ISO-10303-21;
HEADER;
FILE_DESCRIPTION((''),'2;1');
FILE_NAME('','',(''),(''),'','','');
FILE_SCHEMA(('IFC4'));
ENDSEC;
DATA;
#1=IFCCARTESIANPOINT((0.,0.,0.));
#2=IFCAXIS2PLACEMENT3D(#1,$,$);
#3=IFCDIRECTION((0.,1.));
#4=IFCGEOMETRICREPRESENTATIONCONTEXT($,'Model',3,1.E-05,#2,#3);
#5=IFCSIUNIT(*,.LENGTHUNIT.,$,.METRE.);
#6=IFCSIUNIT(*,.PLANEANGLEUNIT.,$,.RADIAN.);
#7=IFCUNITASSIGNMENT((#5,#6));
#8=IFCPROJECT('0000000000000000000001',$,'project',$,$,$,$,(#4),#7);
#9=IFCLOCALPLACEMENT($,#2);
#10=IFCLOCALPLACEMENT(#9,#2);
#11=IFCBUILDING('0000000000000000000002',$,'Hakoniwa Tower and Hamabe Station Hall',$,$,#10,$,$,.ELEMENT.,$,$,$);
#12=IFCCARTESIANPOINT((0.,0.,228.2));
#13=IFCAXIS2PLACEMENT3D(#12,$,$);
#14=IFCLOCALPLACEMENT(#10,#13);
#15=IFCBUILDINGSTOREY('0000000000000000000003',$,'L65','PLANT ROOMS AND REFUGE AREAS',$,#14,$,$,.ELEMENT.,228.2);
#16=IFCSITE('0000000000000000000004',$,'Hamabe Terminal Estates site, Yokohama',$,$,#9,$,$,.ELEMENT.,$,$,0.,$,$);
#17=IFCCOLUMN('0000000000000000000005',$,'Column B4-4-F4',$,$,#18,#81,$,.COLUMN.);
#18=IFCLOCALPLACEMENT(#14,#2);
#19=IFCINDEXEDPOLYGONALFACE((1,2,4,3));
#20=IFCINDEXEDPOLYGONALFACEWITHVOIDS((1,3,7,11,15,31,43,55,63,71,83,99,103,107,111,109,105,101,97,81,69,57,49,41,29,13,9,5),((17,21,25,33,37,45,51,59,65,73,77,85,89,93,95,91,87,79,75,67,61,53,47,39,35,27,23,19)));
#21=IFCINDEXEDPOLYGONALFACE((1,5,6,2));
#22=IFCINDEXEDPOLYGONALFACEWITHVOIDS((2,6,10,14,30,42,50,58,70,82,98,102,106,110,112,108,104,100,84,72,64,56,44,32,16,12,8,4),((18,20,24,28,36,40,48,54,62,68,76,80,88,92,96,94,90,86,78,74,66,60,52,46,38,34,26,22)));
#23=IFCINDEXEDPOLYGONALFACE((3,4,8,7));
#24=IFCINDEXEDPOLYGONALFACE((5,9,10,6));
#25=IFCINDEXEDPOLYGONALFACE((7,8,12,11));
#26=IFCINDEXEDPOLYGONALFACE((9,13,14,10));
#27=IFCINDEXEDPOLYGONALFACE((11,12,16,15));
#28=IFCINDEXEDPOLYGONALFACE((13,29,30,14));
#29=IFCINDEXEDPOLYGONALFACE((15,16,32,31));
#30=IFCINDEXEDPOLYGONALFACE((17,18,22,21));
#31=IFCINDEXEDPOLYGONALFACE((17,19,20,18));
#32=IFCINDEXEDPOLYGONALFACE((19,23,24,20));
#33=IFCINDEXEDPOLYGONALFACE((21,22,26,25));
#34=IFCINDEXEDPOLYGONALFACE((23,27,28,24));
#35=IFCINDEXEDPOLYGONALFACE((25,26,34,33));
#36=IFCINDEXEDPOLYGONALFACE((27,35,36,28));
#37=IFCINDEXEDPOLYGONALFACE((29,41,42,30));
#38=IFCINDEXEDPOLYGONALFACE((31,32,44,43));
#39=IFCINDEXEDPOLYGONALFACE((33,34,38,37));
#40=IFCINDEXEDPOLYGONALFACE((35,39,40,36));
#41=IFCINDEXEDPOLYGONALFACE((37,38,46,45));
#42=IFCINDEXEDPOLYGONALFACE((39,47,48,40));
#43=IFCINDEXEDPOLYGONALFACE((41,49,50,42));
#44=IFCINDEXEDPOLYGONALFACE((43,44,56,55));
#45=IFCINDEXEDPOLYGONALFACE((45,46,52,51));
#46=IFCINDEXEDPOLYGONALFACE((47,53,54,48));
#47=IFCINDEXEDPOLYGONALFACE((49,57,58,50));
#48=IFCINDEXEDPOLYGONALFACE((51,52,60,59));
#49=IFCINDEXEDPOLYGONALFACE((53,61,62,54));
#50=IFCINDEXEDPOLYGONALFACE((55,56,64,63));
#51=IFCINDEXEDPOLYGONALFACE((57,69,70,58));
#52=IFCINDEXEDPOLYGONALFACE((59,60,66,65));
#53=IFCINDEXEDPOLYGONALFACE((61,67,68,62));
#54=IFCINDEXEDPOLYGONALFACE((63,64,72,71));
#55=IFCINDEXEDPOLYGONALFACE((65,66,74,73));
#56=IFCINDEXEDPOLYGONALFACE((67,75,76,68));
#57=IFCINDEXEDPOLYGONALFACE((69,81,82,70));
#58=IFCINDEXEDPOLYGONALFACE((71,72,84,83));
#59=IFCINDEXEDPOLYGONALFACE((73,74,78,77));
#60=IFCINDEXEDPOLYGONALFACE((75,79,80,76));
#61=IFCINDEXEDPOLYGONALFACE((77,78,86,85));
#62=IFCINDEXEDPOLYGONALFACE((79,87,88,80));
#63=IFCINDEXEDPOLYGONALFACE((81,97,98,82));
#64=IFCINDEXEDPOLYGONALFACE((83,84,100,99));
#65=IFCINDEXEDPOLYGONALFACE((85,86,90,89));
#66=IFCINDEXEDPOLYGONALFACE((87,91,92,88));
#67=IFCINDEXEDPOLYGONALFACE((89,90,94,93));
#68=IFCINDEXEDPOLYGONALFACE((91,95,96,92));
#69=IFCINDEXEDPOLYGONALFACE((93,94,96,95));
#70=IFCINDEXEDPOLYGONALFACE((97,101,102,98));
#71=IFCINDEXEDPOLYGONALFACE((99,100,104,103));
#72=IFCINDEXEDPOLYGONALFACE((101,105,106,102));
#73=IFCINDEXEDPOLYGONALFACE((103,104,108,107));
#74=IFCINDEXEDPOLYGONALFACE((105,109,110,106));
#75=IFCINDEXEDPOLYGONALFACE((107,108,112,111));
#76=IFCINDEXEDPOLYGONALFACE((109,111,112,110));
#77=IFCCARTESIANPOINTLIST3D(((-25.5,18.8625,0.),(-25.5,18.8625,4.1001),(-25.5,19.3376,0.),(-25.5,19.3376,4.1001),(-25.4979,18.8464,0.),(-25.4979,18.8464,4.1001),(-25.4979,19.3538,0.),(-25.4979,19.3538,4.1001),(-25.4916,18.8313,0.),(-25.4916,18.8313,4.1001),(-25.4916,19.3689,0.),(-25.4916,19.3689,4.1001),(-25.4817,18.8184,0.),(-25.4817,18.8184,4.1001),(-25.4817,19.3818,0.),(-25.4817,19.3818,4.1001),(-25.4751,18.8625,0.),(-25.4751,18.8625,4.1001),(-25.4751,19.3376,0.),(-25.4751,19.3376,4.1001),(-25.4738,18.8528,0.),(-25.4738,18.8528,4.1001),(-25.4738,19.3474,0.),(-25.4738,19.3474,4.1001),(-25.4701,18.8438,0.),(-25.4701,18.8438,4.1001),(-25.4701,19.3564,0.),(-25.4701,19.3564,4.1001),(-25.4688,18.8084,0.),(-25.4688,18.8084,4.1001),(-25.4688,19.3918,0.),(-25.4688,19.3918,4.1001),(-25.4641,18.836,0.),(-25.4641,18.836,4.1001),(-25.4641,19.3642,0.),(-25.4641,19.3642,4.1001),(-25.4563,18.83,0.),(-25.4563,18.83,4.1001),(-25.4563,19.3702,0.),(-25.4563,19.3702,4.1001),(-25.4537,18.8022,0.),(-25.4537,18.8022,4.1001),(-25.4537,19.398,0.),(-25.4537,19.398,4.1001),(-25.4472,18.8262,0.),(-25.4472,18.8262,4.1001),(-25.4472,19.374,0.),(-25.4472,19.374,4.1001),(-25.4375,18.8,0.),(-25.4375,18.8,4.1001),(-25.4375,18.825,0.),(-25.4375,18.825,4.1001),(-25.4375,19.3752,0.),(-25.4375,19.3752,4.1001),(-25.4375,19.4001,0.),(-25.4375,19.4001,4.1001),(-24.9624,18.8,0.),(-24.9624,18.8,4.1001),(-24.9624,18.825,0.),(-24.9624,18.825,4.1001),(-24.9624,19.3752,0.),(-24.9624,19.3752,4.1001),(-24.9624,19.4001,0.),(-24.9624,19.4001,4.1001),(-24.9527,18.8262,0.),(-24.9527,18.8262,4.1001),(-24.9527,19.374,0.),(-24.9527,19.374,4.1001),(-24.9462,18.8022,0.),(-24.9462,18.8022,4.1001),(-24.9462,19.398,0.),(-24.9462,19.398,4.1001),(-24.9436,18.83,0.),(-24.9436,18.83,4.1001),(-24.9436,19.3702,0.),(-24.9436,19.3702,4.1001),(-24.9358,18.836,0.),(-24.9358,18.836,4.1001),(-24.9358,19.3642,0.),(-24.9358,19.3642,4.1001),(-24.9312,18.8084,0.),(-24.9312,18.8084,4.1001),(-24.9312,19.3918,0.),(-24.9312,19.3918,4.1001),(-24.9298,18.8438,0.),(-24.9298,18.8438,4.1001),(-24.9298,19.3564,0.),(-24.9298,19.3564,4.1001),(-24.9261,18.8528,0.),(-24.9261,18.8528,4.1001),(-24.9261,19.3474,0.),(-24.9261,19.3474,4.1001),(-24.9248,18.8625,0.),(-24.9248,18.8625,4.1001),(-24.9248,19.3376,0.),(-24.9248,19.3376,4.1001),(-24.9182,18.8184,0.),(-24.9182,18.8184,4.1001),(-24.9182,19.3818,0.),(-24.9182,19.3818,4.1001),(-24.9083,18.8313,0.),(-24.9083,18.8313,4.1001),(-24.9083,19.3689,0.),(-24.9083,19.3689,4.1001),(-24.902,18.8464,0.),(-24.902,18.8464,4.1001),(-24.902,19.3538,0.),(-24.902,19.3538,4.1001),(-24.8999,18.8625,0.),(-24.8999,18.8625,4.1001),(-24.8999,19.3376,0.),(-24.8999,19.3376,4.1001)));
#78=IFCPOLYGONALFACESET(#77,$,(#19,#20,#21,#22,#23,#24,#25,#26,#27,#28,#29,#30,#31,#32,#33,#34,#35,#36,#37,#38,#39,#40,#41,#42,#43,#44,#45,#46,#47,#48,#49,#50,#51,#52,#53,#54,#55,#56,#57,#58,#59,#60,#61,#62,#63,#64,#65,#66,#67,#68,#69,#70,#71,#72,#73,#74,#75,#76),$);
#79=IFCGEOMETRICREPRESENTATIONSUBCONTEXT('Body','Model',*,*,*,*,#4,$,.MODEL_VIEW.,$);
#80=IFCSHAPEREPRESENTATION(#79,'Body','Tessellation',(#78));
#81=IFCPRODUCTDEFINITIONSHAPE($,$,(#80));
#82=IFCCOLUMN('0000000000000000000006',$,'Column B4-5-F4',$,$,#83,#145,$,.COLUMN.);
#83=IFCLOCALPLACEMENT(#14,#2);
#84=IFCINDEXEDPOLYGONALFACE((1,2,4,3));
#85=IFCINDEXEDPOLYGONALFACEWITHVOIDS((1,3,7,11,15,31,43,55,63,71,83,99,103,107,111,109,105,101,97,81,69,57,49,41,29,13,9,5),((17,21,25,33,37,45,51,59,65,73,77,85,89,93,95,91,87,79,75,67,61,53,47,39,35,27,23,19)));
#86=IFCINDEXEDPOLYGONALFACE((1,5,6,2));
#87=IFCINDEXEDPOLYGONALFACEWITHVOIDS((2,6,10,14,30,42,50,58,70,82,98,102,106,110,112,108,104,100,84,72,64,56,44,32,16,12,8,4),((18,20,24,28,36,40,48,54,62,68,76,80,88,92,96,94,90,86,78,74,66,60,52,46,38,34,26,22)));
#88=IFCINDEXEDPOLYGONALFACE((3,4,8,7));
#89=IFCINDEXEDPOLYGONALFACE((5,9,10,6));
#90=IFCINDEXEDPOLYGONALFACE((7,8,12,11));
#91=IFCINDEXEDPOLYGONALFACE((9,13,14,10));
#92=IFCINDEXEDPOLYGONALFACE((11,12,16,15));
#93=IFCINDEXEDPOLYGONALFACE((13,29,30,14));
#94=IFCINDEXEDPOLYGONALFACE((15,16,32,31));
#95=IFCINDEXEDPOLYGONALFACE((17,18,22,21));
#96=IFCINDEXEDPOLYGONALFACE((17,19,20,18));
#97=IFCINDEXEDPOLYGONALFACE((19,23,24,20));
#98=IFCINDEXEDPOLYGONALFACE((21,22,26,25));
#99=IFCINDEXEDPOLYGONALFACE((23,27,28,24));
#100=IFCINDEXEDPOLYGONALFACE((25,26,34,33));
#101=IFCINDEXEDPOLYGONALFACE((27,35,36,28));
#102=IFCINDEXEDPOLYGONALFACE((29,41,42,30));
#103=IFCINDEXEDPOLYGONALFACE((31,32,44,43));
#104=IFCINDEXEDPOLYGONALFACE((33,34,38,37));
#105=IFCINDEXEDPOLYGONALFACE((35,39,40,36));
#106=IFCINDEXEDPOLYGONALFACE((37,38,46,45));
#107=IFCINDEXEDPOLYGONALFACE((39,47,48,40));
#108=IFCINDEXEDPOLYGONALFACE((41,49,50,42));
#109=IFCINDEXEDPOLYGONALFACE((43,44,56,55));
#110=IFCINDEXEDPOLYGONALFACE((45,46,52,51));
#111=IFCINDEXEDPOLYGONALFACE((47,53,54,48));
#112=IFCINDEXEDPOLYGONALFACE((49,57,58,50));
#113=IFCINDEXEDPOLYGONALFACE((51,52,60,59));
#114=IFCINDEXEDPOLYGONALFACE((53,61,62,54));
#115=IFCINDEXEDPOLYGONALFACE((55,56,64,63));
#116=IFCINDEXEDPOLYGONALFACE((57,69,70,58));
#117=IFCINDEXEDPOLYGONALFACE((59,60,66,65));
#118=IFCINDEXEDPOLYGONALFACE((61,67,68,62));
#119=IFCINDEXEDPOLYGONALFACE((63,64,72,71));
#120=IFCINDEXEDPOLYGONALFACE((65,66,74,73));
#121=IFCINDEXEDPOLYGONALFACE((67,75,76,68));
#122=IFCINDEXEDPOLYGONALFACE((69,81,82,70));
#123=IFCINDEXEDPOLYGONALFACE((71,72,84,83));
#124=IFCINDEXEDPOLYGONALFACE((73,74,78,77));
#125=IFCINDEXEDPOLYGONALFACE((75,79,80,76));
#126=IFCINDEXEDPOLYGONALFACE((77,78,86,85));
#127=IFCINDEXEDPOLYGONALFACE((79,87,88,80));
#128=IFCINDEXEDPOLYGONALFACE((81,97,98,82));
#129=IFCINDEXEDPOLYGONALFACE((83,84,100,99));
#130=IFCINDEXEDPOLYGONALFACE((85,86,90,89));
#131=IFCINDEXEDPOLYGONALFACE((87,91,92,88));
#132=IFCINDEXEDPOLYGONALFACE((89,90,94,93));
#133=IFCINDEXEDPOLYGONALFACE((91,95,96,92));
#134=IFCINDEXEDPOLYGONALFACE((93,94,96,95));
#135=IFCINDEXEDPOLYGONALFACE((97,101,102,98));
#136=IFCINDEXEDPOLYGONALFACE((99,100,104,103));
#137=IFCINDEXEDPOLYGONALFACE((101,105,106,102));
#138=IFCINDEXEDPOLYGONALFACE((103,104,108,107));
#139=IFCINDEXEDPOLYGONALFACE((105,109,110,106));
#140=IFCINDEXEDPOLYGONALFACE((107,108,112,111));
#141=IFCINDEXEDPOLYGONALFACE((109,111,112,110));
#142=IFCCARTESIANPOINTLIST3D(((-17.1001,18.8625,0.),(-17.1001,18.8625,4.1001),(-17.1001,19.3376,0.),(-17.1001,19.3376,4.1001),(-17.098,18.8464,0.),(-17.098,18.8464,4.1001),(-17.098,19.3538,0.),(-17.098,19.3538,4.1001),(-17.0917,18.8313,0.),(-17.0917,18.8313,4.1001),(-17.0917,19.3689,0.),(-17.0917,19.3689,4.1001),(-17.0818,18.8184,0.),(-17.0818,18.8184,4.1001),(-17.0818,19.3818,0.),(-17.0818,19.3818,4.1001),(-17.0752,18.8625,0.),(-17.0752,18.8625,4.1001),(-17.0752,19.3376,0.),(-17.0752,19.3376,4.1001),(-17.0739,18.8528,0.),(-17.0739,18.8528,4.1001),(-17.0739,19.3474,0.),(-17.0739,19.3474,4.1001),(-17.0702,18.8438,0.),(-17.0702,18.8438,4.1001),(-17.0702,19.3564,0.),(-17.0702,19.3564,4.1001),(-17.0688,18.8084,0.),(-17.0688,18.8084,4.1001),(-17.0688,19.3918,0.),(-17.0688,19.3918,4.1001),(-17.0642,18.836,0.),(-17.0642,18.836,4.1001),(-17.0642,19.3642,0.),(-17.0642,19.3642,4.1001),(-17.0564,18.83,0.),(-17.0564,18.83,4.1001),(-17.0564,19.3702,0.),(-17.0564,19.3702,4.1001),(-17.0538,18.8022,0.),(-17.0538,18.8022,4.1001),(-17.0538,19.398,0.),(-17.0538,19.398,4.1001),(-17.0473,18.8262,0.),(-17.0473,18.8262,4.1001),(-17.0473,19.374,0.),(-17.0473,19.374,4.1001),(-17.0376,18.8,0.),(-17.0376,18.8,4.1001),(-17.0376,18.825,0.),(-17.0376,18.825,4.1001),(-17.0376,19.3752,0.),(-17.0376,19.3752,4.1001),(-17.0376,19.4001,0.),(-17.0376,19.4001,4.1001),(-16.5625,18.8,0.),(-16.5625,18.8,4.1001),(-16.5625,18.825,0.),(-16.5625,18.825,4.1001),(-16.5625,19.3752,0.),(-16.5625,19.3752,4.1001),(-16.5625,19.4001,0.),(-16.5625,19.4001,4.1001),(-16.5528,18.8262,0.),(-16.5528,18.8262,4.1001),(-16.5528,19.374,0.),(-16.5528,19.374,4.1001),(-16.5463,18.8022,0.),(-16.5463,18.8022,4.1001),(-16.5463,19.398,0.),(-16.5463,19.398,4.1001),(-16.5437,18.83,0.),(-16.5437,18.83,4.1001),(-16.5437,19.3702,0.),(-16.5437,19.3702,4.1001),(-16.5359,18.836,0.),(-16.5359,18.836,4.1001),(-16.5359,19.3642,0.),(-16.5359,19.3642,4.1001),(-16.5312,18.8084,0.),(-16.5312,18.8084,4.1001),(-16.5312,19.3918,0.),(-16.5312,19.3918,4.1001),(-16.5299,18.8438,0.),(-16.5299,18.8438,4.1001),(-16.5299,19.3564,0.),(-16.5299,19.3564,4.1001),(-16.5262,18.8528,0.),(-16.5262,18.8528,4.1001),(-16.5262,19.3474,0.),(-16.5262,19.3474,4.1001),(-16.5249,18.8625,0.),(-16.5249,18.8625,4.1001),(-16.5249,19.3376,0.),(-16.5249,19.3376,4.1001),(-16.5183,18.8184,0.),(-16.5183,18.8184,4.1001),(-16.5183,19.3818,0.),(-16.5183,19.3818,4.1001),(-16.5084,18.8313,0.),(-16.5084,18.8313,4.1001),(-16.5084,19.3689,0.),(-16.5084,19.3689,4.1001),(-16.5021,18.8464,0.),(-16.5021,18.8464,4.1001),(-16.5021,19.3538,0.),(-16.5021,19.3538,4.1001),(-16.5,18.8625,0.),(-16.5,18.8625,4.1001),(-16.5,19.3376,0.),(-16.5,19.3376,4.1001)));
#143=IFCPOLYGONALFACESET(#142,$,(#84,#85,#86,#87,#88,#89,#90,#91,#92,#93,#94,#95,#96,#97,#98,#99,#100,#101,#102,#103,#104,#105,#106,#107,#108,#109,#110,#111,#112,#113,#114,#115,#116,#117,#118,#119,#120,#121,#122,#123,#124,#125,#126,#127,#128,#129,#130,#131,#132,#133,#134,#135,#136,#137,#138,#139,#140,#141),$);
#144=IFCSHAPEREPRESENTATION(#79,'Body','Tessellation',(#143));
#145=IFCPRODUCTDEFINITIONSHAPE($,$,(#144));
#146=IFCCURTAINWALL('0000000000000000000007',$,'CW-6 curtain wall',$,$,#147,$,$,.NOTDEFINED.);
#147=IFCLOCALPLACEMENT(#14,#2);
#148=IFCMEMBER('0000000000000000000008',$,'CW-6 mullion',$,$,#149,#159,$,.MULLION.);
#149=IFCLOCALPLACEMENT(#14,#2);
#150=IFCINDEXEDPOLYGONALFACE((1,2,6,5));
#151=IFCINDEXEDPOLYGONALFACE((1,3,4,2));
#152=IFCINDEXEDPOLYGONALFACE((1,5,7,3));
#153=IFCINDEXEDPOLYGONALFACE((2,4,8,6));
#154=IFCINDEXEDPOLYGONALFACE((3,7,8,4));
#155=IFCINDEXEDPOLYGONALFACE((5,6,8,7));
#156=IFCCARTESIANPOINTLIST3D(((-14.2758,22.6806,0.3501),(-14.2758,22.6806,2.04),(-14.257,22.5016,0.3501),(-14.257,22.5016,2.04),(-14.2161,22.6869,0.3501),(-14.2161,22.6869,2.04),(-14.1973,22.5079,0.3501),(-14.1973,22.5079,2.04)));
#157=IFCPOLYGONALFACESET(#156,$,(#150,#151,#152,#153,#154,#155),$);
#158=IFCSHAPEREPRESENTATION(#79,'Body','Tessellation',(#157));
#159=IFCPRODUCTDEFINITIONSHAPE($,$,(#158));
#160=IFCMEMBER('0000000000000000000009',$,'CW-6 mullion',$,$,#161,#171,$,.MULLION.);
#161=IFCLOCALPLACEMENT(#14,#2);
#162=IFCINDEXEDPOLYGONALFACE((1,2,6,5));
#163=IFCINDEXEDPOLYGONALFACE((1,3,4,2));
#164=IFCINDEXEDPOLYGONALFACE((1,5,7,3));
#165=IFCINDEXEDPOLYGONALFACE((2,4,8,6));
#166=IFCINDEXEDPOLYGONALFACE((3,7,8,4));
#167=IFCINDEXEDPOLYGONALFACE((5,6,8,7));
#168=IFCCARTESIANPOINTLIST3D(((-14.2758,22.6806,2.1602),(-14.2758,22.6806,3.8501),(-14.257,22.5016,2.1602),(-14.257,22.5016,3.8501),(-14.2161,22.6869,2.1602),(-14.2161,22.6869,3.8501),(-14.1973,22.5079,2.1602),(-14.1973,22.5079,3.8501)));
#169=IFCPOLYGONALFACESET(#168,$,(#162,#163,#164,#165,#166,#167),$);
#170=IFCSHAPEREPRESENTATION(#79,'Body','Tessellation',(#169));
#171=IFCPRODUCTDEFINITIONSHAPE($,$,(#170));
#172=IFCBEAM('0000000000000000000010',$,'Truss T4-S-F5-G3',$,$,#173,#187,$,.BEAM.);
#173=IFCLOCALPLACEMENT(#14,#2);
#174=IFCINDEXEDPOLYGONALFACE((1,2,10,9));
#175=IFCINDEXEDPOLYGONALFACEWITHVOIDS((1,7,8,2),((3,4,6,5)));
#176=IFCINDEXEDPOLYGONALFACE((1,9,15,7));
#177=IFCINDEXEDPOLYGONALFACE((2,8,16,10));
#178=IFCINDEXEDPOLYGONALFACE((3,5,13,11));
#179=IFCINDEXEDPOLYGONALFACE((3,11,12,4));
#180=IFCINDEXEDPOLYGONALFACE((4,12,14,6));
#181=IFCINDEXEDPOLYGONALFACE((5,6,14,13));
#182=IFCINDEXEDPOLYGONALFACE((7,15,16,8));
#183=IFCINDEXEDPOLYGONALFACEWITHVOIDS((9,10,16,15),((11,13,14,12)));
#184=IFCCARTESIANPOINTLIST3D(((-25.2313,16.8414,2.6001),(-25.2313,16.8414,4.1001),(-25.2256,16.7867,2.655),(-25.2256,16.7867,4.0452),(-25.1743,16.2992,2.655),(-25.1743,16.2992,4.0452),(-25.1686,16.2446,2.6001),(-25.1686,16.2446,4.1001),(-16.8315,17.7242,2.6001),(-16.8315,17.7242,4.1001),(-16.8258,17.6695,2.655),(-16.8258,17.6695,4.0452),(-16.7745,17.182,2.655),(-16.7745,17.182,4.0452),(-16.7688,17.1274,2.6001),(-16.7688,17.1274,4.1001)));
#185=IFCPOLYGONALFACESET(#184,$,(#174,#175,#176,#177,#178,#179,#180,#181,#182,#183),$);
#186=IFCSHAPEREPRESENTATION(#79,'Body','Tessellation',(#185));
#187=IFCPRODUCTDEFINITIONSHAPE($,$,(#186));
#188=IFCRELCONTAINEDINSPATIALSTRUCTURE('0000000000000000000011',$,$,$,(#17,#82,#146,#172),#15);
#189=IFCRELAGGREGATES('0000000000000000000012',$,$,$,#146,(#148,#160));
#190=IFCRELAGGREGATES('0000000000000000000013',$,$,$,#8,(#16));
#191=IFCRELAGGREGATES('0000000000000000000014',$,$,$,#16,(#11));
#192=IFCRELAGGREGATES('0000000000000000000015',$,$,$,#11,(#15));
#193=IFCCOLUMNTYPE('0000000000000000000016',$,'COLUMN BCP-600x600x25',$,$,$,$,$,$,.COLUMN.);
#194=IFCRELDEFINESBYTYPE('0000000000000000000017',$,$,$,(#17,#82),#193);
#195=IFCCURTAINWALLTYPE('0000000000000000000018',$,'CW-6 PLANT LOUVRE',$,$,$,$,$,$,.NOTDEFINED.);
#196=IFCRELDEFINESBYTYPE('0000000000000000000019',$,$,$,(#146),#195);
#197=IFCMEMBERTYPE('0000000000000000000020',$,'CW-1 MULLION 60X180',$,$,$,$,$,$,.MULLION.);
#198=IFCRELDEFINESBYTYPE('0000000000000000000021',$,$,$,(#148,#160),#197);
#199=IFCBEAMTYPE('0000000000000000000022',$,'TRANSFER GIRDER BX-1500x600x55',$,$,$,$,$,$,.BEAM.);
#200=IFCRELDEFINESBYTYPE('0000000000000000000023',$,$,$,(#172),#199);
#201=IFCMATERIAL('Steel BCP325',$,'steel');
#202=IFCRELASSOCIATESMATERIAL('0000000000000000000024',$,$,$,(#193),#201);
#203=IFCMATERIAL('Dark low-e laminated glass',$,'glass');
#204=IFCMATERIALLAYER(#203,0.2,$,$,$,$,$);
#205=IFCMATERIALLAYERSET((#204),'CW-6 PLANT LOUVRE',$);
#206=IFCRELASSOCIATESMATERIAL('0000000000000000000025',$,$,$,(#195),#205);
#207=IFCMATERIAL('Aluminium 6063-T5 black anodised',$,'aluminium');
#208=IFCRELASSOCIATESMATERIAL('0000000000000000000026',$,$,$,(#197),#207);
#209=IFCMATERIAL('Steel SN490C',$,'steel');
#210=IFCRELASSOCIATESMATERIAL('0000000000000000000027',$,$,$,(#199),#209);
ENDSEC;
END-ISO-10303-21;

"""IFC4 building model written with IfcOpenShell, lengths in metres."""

from ifc_helpers import new_model, si_unit, direction, frame, origin, origin_2d, place, context, subcontext, project, spatial, rectangle, hollow_rectangle, extrude, material, layer, layer_set, material_profile, profile_set, type_object, element, aggregate, save


model = new_model("IFC4")

# Units and contexts
model_context = context("Model", 3, precision=1e-05, world=origin(), true_north=direction((0.0, 1.0)))
body_context = subcontext(model_context, "Body", "Model", "MODEL_VIEW")
ifc_project = project(units=[si_unit("LENGTHUNIT", "METRE"), si_unit("PLANEANGLEUNIT", "RADIAN")], contexts=[model_context])

# Site, building, storey
site_placement = place(None, origin())
site = spatial("IfcSite", under=ifc_project, at=site_placement, Name="Hamabe Terminal Estates site, Yokohama", CompositionType="ELEMENT", RefElevation=0.0)
building_placement = place(site_placement, origin())
building = spatial("IfcBuilding", under=site, at=building_placement, Name="Hakoniwa Tower and Hamabe Station Hall", CompositionType="ELEMENT")
storey_placement = place(building_placement, frame((0.0, 0.0, 228.2)))
storey = spatial("IfcBuildingStorey", under=building, at=storey_placement, Name="L65", Description="PLANT ROOMS AND REFUGE AREAS", CompositionType="ELEMENT", Elevation=228.2)

# Columns
ifc_material_1 = material(Name="Steel BCP325", Category="steel")
ifc_material_profile_1 = material_profile(ifc_material_1, hollow_rectangle(XDim=0.6001, YDim=0.6001, WallThickness=0.0249, InnerFilletRadius=0.0376, OuterFilletRadius=0.0625, at=origin_2d()), Name="BCP-600x600x25")
ifc_profile_set_1 = profile_set([ifc_material_profile_1], Name="Steel BCP325")
column_type = type_object("IfcColumnType", Name="COLUMN BCP-600x600x25", PredefinedType="COLUMN", material=ifc_profile_set_1)
for number, where, z_axis, x_axis, name in (
    (1, (-25.2, 19.1001, 0.0), (0.0, 0.0, 1.0), (1.0, 0.0, 0.0), "Column B4-4-F4"),
    (2, (-16.8, 19.1001, 0.0), (0.0, 0.0, 1.0), (1.0, 0.0, 0.0), "Column B4-5-F4"),
):
    element("IfcColumn", number, at=place(storey_placement, frame(where, z_axis=z_axis, x_axis=x_axis)), inside=storey, type_object=column_type, Name=name, PredefinedType="COLUMN", context=body_context, shape_type="SweptSolid", body=[
        extrude(hollow_rectangle(XDim=0.6001, YDim=0.6001, WallThickness=0.0249, InnerFilletRadius=0.0376, OuterFilletRadius=0.0625, at=origin_2d()), origin(), (0.0, 0.0, 1.0), 4.1001),
    ])

# Curtain wall, members
ifc_material_2 = material(Name="Dark low-e laminated glass", Category="glass")
ifc_layer_1 = layer(ifc_material_2, 0.2)
ifc_layer_set_1 = layer_set([ifc_layer_1], Name="CW-6 PLANT LOUVRE")
curtain_wall_type = type_object("IfcCurtainWallType", Name="CW-6 PLANT LOUVRE", PredefinedType="NOTDEFINED", material=ifc_layer_set_1)
curtain_wall_placement = place(storey_placement, origin())
curtain_wall = element("IfcCurtainWall", 3, at=curtain_wall_placement, inside=storey, type_object=curtain_wall_type, Name="CW-6 curtain wall", PredefinedType="NOTDEFINED")
ifc_material_3 = material(Name="Aluminium 6063-T5 black anodised", Category="aluminium")
ifc_material_profile_2 = material_profile(ifc_material_3, rectangle(XDim=0.0601, YDim=0.1799, at=origin_2d()), Name="CW-1 MULLION 60X180")
ifc_profile_set_2 = profile_set([ifc_material_profile_2], Name="Aluminium 6063-T5 black anodised")
member_type_1 = type_object("IfcMemberType", Name="CW-1 MULLION 60X180", PredefinedType="MULLION", material=ifc_profile_set_2)
member_1_placement = place(storey_placement, frame((-14.2366, 22.5942, 0.3501), z_axis=(0.0, 0.0, 1.0), x_axis=(-0.994522, -0.104528, 0.0)))
member_1 = element("IfcMember", 4, at=member_1_placement, type_object=member_type_1, Name="CW-6 mullion", PredefinedType="MULLION", context=body_context, shape_type="SweptSolid", body=[
    extrude(rectangle(XDim=0.0601, YDim=0.1799, at=origin_2d()), origin(), (0.0, 0.0, 1.0), 1.6899),
])
member_2_placement = place(storey_placement, frame((-14.2366, 22.5942, 2.1602), z_axis=(0.0, 0.0, 1.0), x_axis=(-0.994522, -0.104528, 0.0)))
member_2 = element("IfcMember", 5, at=member_2_placement, type_object=member_type_1, Name="CW-6 mullion", PredefinedType="MULLION", context=body_context, shape_type="SweptSolid", body=[
    extrude(rectangle(XDim=0.0601, YDim=0.1799, at=origin_2d()), origin(), (0.0, 0.0, 1.0), 1.6899),
])

# Beam
ifc_material_4 = material(Name="Steel SN490C", Category="steel")
ifc_material_profile_3 = material_profile(ifc_material_4, hollow_rectangle(XDim=0.6001, YDim=1.5, WallThickness=0.0549, at=origin_2d()), Name="BX-1500x600x55")
ifc_profile_set_3 = profile_set([ifc_material_profile_3], Name="Steel SN490C")
beam_type = type_object("IfcBeamType", Name="TRANSFER GIRDER BX-1500x600x55", PredefinedType="BEAM", material=ifc_profile_set_3)
beam_1_placement = place(storey_placement, frame((-25.2, 16.543, 3.3501), z_axis=(0.994523, 0.104522, 0.0), x_axis=(-0.104522, 0.994523, 0.0)))
element("IfcBeam", 6, at=beam_1_placement, inside=storey, type_object=beam_type, Name="Truss T4-S-F5-G3", PredefinedType="BEAM", context=body_context, shape_type="SweptSolid", body=[
    extrude(hollow_rectangle(XDim=0.6001, YDim=1.5, WallThickness=0.0549, at=origin_2d()), origin(), (0.0, 0.0, 1.0), 8.446),
])

aggregate(curtain_wall, [member_1, member_2])

save(model, "model.ifc")
